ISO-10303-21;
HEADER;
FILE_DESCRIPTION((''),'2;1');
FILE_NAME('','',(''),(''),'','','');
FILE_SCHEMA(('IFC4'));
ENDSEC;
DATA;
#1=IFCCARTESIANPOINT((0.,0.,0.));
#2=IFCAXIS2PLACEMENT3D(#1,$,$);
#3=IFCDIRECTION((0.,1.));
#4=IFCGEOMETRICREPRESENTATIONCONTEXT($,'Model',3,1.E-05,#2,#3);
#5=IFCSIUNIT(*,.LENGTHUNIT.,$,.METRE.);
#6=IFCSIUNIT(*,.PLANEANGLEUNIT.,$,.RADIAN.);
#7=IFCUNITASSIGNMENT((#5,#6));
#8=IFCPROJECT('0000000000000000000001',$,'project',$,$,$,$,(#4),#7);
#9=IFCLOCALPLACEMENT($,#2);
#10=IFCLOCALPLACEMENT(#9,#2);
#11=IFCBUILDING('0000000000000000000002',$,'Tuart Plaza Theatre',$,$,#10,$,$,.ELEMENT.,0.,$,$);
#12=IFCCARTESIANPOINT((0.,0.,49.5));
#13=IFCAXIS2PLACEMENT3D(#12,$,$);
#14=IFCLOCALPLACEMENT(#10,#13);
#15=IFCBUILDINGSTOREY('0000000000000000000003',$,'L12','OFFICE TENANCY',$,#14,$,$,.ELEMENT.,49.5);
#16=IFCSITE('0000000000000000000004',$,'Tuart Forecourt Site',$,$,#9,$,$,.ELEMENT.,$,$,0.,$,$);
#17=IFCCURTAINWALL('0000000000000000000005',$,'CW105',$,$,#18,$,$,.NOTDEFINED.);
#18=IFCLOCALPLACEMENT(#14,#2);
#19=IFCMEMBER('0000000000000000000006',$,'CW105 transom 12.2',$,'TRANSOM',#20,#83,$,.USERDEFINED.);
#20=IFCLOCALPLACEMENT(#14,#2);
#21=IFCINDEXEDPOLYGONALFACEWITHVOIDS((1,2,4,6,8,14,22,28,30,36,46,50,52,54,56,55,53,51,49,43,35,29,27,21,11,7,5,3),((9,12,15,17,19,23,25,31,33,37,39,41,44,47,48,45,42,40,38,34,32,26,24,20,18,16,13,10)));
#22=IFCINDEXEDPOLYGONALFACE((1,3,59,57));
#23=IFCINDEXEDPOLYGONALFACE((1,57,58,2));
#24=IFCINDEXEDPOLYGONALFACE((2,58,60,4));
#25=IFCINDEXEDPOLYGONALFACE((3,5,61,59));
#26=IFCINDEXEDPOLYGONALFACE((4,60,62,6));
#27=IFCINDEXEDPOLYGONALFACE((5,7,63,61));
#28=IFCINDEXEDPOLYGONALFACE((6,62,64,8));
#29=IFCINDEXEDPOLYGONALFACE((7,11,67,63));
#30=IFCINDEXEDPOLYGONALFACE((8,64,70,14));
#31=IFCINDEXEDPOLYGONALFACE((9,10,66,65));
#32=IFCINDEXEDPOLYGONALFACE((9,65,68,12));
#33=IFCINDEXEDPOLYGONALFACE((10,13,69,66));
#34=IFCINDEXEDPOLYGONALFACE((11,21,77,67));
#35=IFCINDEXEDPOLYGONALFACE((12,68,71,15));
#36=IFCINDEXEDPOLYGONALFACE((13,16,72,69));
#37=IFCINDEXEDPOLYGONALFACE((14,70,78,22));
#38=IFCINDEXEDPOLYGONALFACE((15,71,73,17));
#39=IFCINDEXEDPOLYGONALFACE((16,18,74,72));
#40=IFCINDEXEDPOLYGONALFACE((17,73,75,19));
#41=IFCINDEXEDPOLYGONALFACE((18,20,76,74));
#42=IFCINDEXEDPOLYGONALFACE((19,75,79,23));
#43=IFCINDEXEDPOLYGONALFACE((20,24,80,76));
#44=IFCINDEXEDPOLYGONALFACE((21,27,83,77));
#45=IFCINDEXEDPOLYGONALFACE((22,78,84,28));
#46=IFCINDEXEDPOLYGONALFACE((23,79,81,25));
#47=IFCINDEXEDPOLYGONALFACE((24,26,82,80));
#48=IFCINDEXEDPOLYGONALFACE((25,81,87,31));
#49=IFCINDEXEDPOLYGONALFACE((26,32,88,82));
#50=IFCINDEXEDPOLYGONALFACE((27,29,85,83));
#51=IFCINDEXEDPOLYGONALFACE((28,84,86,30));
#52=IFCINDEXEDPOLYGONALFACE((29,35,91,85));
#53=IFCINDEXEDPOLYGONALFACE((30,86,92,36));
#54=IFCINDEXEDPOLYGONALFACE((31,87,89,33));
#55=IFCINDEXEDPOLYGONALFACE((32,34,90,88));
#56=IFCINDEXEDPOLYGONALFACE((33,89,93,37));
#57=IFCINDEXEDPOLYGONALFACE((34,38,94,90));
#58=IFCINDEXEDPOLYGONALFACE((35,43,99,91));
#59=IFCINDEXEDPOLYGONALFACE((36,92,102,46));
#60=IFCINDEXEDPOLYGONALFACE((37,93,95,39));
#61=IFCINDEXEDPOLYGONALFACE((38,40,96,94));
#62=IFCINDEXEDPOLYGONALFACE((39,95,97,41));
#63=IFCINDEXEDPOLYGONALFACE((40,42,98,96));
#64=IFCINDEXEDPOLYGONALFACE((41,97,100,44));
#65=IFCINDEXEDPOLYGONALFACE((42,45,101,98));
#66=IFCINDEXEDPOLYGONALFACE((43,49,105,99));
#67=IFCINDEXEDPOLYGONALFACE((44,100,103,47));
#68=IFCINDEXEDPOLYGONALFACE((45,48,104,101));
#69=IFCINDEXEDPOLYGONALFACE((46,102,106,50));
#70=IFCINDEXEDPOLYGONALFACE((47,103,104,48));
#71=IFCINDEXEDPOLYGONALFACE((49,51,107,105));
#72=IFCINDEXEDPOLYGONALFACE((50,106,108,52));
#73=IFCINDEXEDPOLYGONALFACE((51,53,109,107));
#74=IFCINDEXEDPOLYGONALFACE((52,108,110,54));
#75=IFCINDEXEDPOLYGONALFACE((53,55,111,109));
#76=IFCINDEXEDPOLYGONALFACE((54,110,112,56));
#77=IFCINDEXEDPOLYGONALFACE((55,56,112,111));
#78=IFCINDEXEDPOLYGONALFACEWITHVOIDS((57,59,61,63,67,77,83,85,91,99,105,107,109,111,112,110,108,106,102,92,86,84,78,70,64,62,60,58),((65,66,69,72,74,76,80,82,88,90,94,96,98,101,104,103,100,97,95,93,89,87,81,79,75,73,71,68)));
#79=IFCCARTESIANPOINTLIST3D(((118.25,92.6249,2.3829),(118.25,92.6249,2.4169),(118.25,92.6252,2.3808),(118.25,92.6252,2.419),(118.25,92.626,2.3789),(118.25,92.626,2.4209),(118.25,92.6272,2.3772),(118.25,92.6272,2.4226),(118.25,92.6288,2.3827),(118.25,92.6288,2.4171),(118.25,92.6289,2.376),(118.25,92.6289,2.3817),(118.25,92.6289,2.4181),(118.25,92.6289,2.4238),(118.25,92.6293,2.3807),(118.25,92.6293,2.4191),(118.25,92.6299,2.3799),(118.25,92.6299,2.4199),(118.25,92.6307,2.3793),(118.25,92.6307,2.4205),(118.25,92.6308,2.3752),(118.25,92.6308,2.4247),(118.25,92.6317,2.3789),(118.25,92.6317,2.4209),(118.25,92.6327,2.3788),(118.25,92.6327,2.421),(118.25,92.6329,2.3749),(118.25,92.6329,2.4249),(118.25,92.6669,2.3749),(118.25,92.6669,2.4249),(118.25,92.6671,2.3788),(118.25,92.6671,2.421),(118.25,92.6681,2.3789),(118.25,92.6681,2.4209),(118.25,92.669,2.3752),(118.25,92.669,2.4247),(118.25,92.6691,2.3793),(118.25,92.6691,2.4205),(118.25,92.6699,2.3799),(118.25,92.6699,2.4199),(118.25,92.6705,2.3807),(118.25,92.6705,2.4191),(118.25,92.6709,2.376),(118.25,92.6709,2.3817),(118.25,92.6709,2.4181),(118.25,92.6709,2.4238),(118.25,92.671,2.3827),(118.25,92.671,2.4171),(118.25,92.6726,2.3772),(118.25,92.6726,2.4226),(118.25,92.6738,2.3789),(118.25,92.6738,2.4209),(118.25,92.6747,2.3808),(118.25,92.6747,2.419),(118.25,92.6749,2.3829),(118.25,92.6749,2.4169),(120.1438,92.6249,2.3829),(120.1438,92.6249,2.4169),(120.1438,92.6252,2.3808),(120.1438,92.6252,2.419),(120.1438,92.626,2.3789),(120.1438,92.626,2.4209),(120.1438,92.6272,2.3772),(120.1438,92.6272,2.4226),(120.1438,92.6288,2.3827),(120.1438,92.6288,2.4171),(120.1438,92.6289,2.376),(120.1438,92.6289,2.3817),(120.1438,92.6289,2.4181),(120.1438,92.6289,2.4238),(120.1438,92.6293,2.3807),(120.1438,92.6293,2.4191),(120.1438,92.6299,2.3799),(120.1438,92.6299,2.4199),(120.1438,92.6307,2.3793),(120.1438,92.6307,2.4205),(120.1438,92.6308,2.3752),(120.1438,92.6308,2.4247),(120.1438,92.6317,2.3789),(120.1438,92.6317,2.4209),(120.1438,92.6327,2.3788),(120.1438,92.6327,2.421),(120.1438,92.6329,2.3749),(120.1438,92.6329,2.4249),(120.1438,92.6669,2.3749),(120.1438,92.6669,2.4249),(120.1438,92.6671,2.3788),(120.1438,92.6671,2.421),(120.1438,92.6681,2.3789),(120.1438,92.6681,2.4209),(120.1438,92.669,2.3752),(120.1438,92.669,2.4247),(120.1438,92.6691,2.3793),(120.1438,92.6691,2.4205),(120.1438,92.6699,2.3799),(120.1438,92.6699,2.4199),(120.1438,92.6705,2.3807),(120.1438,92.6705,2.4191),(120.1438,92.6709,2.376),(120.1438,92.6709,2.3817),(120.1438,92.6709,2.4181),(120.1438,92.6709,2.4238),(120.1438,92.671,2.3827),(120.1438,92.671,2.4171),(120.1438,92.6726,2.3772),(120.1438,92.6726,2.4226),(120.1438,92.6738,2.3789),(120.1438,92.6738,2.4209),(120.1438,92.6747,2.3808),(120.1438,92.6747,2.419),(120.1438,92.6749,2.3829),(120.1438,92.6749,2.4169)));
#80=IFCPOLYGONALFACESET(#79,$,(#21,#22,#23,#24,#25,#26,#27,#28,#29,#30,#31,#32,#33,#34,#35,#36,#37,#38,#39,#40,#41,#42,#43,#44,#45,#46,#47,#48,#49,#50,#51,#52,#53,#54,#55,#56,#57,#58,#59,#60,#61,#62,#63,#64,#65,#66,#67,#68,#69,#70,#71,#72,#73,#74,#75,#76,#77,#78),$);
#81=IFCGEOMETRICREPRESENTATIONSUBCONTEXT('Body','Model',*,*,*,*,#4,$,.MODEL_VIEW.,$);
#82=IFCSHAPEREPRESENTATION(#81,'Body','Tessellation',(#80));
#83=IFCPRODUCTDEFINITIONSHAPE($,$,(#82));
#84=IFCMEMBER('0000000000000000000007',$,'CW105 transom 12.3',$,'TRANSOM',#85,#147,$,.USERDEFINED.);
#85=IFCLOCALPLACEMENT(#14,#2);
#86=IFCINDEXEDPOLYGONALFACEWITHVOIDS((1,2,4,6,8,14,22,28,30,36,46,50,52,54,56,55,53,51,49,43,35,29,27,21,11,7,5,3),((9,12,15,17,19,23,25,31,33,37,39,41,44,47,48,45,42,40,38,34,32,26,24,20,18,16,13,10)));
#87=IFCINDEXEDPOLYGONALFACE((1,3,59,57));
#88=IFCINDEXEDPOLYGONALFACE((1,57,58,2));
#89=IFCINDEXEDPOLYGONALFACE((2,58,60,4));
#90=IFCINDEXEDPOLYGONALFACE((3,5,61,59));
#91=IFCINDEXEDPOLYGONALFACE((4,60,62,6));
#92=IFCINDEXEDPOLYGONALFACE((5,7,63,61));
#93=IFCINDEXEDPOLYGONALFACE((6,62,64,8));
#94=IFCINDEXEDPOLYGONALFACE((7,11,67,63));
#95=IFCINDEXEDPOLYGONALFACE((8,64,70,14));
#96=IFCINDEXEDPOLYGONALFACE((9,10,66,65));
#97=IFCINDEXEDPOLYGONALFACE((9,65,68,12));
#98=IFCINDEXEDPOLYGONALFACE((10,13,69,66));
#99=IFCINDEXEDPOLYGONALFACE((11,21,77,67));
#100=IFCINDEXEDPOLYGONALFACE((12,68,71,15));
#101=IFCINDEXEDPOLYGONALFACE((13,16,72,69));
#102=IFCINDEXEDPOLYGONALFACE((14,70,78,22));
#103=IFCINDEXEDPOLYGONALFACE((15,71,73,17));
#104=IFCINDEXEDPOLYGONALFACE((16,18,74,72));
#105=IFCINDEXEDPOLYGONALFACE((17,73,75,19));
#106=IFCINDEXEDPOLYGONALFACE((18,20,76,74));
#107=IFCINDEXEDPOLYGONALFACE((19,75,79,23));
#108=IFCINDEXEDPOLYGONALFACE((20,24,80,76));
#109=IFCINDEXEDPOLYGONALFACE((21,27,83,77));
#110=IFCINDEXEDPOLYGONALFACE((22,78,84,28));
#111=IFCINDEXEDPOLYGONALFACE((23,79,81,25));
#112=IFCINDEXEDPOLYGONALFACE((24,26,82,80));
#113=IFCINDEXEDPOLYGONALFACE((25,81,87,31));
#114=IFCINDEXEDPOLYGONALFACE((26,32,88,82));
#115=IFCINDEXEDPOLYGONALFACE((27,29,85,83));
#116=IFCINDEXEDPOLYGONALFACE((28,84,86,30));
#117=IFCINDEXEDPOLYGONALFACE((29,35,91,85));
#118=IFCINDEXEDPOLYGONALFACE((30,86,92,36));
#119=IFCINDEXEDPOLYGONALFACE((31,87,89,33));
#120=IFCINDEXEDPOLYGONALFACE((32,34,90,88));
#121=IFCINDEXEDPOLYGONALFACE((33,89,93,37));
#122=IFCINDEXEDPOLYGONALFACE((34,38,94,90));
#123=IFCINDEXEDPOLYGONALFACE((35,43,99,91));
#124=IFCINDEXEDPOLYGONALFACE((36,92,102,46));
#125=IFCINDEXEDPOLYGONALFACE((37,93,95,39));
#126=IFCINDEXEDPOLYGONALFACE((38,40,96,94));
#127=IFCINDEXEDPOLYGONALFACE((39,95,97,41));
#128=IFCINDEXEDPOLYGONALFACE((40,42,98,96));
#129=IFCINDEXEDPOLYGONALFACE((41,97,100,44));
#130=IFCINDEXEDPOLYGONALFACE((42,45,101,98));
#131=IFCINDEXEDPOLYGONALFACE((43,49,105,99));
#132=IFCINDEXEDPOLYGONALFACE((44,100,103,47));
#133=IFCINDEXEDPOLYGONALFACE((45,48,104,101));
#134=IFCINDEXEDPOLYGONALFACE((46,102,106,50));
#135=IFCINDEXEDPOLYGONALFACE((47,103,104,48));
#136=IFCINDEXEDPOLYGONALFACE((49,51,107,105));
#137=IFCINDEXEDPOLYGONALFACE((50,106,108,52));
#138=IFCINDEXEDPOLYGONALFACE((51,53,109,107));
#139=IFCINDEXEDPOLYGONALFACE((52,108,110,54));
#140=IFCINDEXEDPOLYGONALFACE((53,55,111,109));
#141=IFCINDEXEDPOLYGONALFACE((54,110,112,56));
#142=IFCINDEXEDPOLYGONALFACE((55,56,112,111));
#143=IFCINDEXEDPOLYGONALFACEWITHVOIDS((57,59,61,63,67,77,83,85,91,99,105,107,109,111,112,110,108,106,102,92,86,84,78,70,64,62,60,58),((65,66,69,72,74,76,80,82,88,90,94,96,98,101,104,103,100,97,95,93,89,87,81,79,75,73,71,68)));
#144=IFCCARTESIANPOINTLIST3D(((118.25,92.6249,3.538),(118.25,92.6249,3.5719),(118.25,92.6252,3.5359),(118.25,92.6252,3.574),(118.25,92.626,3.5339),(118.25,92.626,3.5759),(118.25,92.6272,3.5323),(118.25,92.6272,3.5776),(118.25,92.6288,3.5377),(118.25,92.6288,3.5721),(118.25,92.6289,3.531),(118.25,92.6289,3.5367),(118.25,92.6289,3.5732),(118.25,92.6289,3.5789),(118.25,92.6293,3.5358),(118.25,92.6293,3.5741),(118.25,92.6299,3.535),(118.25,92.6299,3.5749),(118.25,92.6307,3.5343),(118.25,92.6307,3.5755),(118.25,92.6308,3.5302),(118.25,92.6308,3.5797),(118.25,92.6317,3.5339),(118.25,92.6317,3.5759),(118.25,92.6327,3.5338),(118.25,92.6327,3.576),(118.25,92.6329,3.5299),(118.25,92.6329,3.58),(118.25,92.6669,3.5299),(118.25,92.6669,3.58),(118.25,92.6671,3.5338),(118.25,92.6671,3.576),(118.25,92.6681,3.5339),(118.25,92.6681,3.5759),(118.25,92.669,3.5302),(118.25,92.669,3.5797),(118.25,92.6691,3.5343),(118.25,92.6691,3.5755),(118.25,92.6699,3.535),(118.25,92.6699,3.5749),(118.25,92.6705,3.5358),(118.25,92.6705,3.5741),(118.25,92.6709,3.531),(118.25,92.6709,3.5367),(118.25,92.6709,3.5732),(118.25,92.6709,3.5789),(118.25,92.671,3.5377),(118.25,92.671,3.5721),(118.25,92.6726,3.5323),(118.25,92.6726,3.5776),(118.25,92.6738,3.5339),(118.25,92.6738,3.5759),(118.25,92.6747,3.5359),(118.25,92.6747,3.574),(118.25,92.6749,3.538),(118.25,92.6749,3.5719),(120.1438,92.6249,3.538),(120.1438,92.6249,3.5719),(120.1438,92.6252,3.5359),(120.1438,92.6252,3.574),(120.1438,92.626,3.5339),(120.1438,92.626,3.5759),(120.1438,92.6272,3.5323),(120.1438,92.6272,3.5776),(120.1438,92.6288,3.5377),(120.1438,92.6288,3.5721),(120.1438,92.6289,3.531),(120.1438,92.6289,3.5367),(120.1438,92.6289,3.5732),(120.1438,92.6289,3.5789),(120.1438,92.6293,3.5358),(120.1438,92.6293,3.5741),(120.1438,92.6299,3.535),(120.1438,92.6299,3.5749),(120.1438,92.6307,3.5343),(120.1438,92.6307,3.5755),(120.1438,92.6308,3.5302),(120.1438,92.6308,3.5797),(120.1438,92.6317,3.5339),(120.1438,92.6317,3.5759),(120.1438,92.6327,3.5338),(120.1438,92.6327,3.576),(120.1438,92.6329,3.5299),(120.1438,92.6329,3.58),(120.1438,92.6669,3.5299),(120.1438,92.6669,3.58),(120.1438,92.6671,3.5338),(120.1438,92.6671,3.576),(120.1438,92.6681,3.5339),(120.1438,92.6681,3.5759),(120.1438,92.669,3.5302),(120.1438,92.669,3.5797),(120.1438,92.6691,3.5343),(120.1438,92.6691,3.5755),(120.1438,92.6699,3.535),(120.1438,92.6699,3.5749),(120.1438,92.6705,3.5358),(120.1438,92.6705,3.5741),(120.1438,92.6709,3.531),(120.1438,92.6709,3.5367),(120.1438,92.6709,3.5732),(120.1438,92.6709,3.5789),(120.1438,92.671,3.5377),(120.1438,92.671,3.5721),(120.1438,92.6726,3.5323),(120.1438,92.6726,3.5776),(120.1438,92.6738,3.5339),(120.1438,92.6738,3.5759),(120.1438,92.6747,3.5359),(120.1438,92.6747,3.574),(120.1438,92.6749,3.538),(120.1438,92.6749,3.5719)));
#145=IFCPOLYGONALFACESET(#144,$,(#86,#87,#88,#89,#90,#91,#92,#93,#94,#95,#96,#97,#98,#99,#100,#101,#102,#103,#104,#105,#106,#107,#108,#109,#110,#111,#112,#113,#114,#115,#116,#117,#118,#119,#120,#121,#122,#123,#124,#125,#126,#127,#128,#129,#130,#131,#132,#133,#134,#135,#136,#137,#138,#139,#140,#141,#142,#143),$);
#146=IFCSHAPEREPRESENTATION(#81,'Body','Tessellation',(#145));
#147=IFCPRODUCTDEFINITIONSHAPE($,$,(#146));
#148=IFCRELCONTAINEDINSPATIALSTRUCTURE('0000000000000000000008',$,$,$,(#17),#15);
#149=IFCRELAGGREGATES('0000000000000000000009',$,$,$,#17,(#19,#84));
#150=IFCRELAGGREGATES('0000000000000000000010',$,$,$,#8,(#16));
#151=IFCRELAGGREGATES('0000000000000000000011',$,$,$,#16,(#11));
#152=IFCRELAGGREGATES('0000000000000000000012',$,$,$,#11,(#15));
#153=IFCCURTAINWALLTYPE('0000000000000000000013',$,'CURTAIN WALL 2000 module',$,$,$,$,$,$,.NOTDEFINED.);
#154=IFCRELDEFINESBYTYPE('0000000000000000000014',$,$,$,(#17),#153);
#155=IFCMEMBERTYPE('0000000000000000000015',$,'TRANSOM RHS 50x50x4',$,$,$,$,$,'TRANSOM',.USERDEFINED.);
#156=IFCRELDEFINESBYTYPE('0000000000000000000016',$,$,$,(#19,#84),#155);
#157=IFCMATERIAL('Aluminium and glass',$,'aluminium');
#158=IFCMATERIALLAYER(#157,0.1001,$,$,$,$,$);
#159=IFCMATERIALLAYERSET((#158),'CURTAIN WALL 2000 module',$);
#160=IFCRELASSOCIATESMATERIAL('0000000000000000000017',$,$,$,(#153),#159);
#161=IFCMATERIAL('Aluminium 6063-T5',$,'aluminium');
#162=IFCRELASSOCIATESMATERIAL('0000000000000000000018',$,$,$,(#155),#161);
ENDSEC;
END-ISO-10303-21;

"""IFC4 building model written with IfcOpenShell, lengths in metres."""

from ifc_helpers import new_model, si_unit, direction, frame, origin, origin_2d, place, context, subcontext, project, spatial, hollow_rectangle, extrude, material, layer, layer_set, material_profile, profile_set, type_object, element, aggregate, save


model = new_model("IFC4")

# Units and contexts
model_context = context("Model", 3, precision=1e-05, world=origin(), true_north=direction((0.0, 1.0)))
body_context = subcontext(model_context, "Body", "Model", "MODEL_VIEW")
ifc_project = project(units=[si_unit("LENGTHUNIT", "METRE"), si_unit("PLANEANGLEUNIT", "RADIAN")], contexts=[model_context])

# Site, building, storey
site_placement = place(None, origin())
site = spatial("IfcSite", under=ifc_project, at=site_placement, Name="Tuart Forecourt Site", CompositionType="ELEMENT", RefElevation=0.0)
building_placement = place(site_placement, origin())
building = spatial("IfcBuilding", under=site, at=building_placement, Name="Tuart Plaza Theatre", CompositionType="ELEMENT", ElevationOfRefHeight=0.0)
storey_placement = place(building_placement, frame((0.0, 0.0, 49.5)))
storey = spatial("IfcBuildingStorey", under=building, at=storey_placement, Name="L12", Description="OFFICE TENANCY", CompositionType="ELEMENT", Elevation=49.5)

# Curtain wall, members
ifc_material_1 = material(Name="Aluminium and glass", Category="aluminium")
ifc_layer_1 = layer(ifc_material_1, 0.1001)
ifc_layer_set_1 = layer_set([ifc_layer_1], Name="CURTAIN WALL 2000 module")
curtain_wall_type = type_object("IfcCurtainWallType", Name="CURTAIN WALL 2000 module", PredefinedType="NOTDEFINED", material=ifc_layer_set_1)
curtain_wall_placement = place(storey_placement, origin())
curtain_wall = element("IfcCurtainWall", 1, at=curtain_wall_placement, inside=storey, type_object=curtain_wall_type, Name="CW105", PredefinedType="NOTDEFINED")
ifc_material_2 = material(Name="Aluminium 6063-T5", Category="aluminium")
ifc_material_profile_1 = material_profile(ifc_material_2, hollow_rectangle(XDim=0.05, YDim=0.05, WallThickness=0.0039, InnerFilletRadius=0.0039, OuterFilletRadius=0.0081, at=origin_2d()), Name="RHS 50x50x4")
ifc_profile_set_1 = profile_set([ifc_material_profile_1], Name="Aluminium 6063-T5")
member_type_1 = type_object("IfcMemberType", Name="TRANSOM RHS 50x50x4", ElementType="TRANSOM", PredefinedType="USERDEFINED", material=ifc_profile_set_1)
member_1_placement = place(storey_placement, frame((120.1438, 92.6499, 2.3999), z_axis=(-1.0, 0.0, 0.0), x_axis=(0.0, -1.0, 0.0)))
member_1 = element("IfcMember", 2, at=member_1_placement, type_object=member_type_1, Name="CW105 transom 12.2", ObjectType="TRANSOM", PredefinedType="USERDEFINED", context=body_context, shape_type="SweptSolid", body=[
    extrude(hollow_rectangle(XDim=0.05, YDim=0.05, WallThickness=0.0039, InnerFilletRadius=0.0039, OuterFilletRadius=0.0081, at=origin_2d()), origin(), (0.0, 0.0, 1.0), 1.8938),
])
member_2_placement = place(storey_placement, frame((120.1438, 92.6499, 3.5549), z_axis=(-1.0, 0.0, 0.0), x_axis=(0.0, -1.0, 0.0)))
member_2 = element("IfcMember", 3, at=member_2_placement, type_object=member_type_1, Name="CW105 transom 12.3", ObjectType="TRANSOM", PredefinedType="USERDEFINED", context=body_context, shape_type="SweptSolid", body=[
    extrude(hollow_rectangle(XDim=0.05, YDim=0.05, WallThickness=0.0039, InnerFilletRadius=0.0039, OuterFilletRadius=0.0081, at=origin_2d()), origin(), (0.0, 0.0, 1.0), 1.8938),
])
aggregate(curtain_wall, [member_1, member_2])

save(model, "model.ifc")
